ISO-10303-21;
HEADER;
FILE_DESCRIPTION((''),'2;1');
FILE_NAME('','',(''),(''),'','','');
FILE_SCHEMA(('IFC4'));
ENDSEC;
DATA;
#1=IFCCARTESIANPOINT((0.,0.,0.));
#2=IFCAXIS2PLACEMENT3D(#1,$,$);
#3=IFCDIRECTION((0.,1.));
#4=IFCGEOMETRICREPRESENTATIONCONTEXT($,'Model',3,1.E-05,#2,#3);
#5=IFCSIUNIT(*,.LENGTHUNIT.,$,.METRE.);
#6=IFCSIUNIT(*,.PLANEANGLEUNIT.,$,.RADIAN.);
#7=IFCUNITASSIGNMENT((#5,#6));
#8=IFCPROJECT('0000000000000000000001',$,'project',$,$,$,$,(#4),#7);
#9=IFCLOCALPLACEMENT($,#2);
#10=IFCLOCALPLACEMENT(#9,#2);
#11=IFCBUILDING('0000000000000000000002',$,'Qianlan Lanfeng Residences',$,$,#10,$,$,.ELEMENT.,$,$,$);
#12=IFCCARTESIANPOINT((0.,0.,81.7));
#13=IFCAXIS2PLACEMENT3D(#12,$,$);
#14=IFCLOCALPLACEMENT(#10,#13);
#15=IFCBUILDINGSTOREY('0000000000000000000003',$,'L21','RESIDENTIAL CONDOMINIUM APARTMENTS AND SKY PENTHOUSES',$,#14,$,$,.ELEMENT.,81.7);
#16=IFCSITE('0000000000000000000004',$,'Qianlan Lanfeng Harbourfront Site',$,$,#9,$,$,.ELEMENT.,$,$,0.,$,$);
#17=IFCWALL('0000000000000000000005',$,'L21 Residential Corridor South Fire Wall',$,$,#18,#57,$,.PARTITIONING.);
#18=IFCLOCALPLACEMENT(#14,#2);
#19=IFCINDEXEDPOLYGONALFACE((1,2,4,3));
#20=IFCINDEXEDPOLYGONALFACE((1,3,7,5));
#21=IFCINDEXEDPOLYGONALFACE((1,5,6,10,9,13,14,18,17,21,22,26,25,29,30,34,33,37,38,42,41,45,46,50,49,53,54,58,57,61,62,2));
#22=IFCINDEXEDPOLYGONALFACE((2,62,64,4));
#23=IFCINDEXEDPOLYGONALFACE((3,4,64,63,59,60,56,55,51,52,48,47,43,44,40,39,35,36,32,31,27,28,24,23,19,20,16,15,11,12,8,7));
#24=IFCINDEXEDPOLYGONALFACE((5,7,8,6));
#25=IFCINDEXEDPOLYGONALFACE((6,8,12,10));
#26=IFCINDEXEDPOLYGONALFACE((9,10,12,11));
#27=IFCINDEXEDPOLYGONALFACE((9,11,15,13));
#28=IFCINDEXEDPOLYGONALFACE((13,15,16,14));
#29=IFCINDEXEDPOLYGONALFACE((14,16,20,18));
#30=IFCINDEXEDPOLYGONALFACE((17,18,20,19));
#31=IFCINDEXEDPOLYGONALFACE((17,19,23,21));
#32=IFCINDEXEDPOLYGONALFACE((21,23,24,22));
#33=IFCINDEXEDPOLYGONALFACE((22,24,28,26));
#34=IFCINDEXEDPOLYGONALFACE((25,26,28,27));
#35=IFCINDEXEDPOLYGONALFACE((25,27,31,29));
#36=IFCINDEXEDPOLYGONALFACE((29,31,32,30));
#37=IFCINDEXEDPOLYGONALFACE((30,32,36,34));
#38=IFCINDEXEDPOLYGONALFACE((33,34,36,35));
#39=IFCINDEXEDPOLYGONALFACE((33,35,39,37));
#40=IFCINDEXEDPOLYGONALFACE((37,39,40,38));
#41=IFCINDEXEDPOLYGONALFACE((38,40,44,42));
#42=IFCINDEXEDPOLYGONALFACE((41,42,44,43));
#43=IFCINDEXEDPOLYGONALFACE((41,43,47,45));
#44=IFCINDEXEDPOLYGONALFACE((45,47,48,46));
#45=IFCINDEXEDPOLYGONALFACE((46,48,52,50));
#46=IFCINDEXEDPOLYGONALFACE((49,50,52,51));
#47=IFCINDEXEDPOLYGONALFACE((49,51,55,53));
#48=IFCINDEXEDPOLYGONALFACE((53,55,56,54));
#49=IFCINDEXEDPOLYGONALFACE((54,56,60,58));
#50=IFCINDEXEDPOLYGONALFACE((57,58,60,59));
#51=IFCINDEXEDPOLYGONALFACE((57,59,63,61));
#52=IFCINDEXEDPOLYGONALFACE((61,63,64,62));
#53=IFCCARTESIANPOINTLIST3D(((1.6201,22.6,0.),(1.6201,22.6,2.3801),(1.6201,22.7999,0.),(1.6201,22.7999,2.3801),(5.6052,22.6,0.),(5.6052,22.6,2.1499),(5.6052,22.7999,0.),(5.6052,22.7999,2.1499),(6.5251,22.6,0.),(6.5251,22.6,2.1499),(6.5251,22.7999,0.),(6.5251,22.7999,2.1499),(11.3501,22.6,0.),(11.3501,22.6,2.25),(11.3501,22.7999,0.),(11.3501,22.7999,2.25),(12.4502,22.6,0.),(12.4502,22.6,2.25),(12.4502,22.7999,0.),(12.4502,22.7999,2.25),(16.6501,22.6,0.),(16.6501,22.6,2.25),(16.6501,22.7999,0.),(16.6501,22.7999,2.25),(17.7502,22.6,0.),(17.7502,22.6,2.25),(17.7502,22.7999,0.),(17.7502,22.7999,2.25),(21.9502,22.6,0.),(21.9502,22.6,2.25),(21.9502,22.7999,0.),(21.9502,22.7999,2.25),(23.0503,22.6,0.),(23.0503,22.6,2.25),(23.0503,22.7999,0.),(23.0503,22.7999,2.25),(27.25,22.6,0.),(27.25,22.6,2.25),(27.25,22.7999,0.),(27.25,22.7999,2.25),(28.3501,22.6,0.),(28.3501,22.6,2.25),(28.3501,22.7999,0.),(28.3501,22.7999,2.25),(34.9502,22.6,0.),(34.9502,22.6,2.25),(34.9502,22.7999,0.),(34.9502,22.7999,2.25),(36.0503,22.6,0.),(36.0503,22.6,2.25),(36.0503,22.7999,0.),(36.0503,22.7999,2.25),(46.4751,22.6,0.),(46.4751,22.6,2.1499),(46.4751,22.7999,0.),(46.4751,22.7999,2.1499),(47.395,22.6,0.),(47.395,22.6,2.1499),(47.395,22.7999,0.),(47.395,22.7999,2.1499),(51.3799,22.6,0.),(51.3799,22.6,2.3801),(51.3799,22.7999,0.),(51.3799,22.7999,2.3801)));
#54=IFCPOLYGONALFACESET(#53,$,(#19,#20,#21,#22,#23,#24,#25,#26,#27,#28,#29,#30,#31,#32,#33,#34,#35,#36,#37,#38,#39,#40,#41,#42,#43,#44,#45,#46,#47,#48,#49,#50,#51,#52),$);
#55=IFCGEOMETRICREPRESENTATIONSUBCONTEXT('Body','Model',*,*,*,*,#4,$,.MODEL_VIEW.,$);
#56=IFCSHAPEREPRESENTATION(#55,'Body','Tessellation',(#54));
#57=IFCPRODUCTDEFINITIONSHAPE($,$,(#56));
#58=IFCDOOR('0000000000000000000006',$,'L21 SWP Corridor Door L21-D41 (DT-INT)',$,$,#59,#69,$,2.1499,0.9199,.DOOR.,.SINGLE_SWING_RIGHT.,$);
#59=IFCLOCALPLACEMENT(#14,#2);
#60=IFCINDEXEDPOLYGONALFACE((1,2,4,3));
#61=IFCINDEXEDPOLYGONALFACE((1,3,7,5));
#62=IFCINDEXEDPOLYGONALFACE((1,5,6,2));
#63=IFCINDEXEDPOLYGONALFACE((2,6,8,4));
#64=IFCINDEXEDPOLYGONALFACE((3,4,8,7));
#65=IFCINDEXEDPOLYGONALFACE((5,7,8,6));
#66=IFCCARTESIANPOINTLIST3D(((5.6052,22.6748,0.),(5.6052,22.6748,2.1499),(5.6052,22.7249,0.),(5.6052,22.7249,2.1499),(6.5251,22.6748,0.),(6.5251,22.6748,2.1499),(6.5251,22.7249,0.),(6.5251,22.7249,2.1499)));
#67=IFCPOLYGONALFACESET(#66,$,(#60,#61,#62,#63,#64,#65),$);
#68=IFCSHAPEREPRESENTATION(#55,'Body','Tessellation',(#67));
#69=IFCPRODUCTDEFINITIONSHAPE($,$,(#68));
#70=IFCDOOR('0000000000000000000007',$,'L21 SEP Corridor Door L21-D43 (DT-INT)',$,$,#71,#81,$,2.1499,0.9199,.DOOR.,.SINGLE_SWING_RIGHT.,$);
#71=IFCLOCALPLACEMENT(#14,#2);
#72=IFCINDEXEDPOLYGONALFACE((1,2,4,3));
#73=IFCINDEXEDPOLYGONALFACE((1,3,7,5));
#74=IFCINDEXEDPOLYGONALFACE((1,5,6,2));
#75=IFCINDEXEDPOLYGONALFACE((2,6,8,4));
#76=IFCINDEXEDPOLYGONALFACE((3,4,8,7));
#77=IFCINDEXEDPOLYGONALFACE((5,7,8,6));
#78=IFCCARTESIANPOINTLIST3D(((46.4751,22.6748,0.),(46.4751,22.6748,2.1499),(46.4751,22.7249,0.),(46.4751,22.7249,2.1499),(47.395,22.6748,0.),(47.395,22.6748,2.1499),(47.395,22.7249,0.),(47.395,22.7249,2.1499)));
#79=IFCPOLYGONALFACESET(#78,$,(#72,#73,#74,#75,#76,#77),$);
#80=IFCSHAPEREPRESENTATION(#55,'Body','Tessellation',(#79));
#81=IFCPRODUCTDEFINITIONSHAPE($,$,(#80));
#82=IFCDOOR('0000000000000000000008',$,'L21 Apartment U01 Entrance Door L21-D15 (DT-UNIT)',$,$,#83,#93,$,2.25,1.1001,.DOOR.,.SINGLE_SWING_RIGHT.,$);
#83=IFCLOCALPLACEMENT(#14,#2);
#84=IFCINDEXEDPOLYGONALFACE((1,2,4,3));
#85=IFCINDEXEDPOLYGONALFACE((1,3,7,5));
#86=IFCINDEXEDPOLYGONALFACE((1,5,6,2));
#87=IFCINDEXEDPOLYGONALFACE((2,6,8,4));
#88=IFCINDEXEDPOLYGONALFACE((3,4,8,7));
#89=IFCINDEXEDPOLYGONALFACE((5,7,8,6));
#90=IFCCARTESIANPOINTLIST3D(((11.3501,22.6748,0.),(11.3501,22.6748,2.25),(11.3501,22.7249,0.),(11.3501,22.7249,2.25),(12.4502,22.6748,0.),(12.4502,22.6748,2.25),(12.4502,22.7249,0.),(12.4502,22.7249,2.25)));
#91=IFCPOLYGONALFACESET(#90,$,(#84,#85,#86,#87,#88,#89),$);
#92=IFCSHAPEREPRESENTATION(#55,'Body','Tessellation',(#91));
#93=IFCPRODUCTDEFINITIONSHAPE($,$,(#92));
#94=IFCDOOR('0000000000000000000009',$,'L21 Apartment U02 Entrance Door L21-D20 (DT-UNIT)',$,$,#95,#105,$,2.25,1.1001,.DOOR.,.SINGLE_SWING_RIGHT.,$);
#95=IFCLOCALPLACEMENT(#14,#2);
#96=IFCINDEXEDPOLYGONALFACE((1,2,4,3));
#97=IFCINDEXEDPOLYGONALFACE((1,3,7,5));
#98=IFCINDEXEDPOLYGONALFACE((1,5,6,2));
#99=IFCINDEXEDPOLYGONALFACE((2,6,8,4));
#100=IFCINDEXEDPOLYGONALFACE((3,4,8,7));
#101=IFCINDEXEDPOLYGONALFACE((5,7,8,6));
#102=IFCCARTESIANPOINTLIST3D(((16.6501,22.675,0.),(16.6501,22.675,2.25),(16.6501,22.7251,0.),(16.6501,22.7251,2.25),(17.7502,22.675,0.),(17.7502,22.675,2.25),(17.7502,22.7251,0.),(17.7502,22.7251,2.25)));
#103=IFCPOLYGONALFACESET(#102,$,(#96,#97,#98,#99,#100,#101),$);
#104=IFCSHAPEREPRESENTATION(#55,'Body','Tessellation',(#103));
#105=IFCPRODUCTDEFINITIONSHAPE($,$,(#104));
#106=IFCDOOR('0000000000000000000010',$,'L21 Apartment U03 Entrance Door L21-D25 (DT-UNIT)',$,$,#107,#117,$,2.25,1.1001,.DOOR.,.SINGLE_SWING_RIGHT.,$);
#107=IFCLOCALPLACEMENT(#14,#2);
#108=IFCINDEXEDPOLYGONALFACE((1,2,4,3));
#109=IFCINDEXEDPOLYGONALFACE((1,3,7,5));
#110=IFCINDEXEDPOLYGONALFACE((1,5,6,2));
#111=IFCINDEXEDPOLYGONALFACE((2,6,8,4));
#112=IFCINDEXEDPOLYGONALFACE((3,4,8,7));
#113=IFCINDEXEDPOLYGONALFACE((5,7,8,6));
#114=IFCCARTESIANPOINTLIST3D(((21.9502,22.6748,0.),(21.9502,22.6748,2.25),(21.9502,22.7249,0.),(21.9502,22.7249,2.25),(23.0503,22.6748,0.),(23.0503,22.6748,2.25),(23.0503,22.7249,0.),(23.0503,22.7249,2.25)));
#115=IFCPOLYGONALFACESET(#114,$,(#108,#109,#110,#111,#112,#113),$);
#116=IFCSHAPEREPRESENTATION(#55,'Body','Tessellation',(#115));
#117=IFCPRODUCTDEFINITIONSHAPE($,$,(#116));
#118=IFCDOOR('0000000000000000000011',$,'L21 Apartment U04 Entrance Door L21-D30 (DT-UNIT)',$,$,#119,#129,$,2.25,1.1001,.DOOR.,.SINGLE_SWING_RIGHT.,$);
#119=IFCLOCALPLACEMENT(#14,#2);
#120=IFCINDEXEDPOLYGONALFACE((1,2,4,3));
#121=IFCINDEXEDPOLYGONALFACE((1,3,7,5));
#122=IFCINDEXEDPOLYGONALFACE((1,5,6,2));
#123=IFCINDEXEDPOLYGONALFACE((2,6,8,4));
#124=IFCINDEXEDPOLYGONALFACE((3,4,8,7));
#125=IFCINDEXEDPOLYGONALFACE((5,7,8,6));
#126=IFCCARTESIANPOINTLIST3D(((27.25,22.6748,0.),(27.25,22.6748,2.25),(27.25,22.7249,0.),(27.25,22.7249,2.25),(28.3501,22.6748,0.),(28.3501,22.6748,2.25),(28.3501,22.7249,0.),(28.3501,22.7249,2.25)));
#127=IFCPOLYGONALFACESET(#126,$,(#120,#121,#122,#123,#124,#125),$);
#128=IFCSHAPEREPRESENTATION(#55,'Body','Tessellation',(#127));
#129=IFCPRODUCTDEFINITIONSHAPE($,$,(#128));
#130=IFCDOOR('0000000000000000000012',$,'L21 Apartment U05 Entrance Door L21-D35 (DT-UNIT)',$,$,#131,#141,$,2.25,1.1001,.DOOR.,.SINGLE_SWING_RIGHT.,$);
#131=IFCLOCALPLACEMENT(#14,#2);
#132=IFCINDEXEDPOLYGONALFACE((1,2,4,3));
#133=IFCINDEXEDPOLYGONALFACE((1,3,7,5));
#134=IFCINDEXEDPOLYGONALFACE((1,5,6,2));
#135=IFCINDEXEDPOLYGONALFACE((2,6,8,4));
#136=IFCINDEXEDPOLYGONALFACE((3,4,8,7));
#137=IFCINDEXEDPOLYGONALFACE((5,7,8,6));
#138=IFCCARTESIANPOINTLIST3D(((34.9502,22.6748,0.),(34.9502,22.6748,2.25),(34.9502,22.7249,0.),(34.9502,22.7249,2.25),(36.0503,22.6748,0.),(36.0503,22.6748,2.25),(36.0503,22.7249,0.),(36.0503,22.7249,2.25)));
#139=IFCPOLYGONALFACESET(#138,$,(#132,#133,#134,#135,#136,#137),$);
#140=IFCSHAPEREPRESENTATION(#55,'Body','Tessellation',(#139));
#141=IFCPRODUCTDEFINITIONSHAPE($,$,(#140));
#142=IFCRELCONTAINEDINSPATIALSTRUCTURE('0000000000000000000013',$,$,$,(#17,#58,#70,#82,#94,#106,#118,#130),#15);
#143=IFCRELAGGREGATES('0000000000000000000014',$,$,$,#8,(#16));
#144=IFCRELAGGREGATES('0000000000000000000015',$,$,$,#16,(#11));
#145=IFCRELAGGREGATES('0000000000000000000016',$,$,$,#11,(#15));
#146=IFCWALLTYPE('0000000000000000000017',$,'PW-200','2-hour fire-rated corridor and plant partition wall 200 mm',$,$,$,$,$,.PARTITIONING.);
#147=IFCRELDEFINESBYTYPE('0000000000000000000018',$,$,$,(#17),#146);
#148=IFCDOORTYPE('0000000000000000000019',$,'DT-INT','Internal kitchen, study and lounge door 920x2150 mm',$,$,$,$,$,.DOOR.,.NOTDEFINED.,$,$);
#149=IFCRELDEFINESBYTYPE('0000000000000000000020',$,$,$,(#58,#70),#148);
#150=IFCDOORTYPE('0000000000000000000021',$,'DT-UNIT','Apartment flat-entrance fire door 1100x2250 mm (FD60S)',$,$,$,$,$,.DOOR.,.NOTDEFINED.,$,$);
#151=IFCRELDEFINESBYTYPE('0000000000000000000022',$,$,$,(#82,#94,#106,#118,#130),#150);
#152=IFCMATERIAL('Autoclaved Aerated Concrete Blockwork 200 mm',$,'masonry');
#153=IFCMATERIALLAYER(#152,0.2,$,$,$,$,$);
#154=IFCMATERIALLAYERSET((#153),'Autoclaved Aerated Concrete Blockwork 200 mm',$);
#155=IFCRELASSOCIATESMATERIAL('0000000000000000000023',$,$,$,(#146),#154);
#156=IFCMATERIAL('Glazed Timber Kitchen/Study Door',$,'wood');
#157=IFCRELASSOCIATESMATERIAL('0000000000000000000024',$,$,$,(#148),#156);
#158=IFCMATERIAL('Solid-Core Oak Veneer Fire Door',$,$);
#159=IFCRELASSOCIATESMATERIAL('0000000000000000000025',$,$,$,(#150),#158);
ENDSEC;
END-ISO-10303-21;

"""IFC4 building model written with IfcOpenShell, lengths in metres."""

from ifc_helpers import new_model, si_unit, direction, frame, frame_2d, origin, place, context, subcontext, project, spatial, rectangle, extrude, material, layer, layer_set, type_object, element, fill, save


model = new_model("IFC4")

# Units and contexts
model_context = context("Model", 3, precision=1e-05, world=origin(), true_north=direction((0.0, 1.0)))
body_context = subcontext(model_context, "Body", "Model", "MODEL_VIEW")
ifc_project = project(units=[si_unit("LENGTHUNIT", "METRE"), si_unit("PLANEANGLEUNIT", "RADIAN")], contexts=[model_context])

# Site, building, storey
site_placement = place(None, origin())
site = spatial("IfcSite", under=ifc_project, at=site_placement, Name="Qianlan Lanfeng Harbourfront Site", CompositionType="ELEMENT", RefElevation=0.0)
building_placement = place(site_placement, origin())
building = spatial("IfcBuilding", under=site, at=building_placement, Name="Qianlan Lanfeng Residences", CompositionType="ELEMENT")
storey_placement = place(building_placement, frame((0.0, 0.0, 81.7)))
storey = spatial("IfcBuildingStorey", under=building, at=storey_placement, Name="L21", Description="RESIDENTIAL CONDOMINIUM APARTMENTS AND SKY PENTHOUSES", CompositionType="ELEMENT", Elevation=81.7)

# Wall, openings, doors
ifc_material_1 = material(Name="Autoclaved Aerated Concrete Blockwork 200 mm", Category="masonry")
ifc_layer = layer(ifc_material_1, 0.2)
ifc_layer_set = layer_set([ifc_layer], Name="Autoclaved Aerated Concrete Blockwork 200 mm")
wall_type = type_object("IfcWallType", Name="PW-200", Description="2-hour fire-rated corridor and plant partition wall 200 mm", PredefinedType="PARTITIONING", material=ifc_layer_set)
wall_1_placement = place(storey_placement, frame((1.6201, 22.7, 0.0), z_axis=(0.0, 0.0, 1.0), x_axis=(1.0, 0.0, 0.0)))
wall_1 = element("IfcWall", 1, at=wall_1_placement, inside=storey, type_object=wall_type, Name="L21 Residential Corridor South Fire Wall", PredefinedType="PARTITIONING", context=body_context, shape_type="SweptSolid", body=[
    extrude(rectangle(XDim=49.7598, YDim=0.2, at=frame_2d((24.8799, 0.0))), origin(), (0.0, 0.0, 1.0), 2.3801),
])
opening_1_placement = place(wall_1_placement, frame((9.73, 0.0, 0.0)))
opening_1 = element("IfcOpeningElement", 2, at=opening_1_placement, cuts=wall_1, PredefinedType="OPENING", context=body_context, shape_type="SweptSolid", body=[
    extrude(rectangle(XDim=1.1001, YDim=2.25, at=frame_2d((0.55, 1.125))), frame((0.0, 0.1099, 0.0), z_axis=(0.0, -1.0, 0.0), x_axis=(1.0, 0.0, 0.0)), (0.0, 0.0, 1.0), 0.22),
])
opening_2_placement = place(wall_1_placement, frame((15.03, 0.0, 0.0)))
opening_2 = element("IfcOpeningElement", 3, at=opening_2_placement, cuts=wall_1, PredefinedType="OPENING", context=body_context, shape_type="SweptSolid", body=[
    extrude(rectangle(XDim=1.1001, YDim=2.25, at=frame_2d((0.55, 1.125))), frame((0.0, 0.1099, 0.0), z_axis=(0.0, -1.0, 0.0), x_axis=(1.0, 0.0, 0.0)), (0.0, 0.0, 1.0), 0.22),
])
opening_3_placement = place(wall_1_placement, frame((20.3301, 0.0, 0.0)))
opening_3 = element("IfcOpeningElement", 4, at=opening_3_placement, cuts=wall_1, PredefinedType="OPENING", context=body_context, shape_type="SweptSolid", body=[
    extrude(rectangle(XDim=1.1001, YDim=2.25, at=frame_2d((0.55, 1.125))), frame((0.0, 0.1099, 0.0), z_axis=(0.0, -1.0, 0.0), x_axis=(1.0, 0.0, 0.0)), (0.0, 0.0, 1.0), 0.22),
])
opening_4_placement = place(wall_1_placement, frame((25.6299, 0.0, 0.0)))
opening_4 = element("IfcOpeningElement", 5, at=opening_4_placement, cuts=wall_1, PredefinedType="OPENING", context=body_context, shape_type="SweptSolid", body=[
    extrude(rectangle(XDim=1.1001, YDim=2.25, at=frame_2d((0.55, 1.125))), frame((0.0, 0.1099, 0.0), z_axis=(0.0, -1.0, 0.0), x_axis=(1.0, 0.0, 0.0)), (0.0, 0.0, 1.0), 0.22),
])
opening_5_placement = place(wall_1_placement, frame((33.3301, 0.0, 0.0)))
opening_5 = element("IfcOpeningElement", 6, at=opening_5_placement, cuts=wall_1, PredefinedType="OPENING", context=body_context, shape_type="SweptSolid", body=[
    extrude(rectangle(XDim=1.1001, YDim=2.25, at=frame_2d((0.55, 1.125))), frame((0.0, 0.1099, 0.0), z_axis=(0.0, -1.0, 0.0), x_axis=(1.0, 0.0, 0.0)), (0.0, 0.0, 1.0), 0.22),
])
opening_6_placement = place(wall_1_placement, frame((3.9851, 0.0, 0.0)))
opening_6 = element("IfcOpeningElement", 7, at=opening_6_placement, cuts=wall_1, PredefinedType="OPENING", context=body_context, shape_type="SweptSolid", body=[
    extrude(rectangle(XDim=0.9199, YDim=2.1499, at=frame_2d((0.46, 1.075))), frame((0.0, 0.1099, 0.0), z_axis=(0.0, -1.0, 0.0), x_axis=(1.0, 0.0, 0.0)), (0.0, 0.0, 1.0), 0.22),
])
opening_7_placement = place(wall_1_placement, frame((44.855, 0.0, 0.0)))
opening_7 = element("IfcOpeningElement", 8, at=opening_7_placement, cuts=wall_1, PredefinedType="OPENING", context=body_context, shape_type="SweptSolid", body=[
    extrude(rectangle(XDim=0.9199, YDim=2.1499, at=frame_2d((0.46, 1.075))), frame((0.0, 0.1099, 0.0), z_axis=(0.0, -1.0, 0.0), x_axis=(1.0, 0.0, 0.0)), (0.0, 0.0, 1.0), 0.22),
])
ifc_material_2 = material(Name="Glazed Timber Kitchen/Study Door", Category="wood")
door_type_1 = type_object("IfcDoorType", Name="DT-INT", Description="Internal kitchen, study and lounge door 920x2150 mm", OperationType="NOTDEFINED", PredefinedType="DOOR", material=ifc_material_2)
door_1_placement = place(opening_6_placement, origin())
door_1 = element("IfcDoor", 9, at=door_1_placement, inside=storey, type_object=door_type_1, Name="L21 SWP Corridor Door L21-D41 (DT-INT)", OperationType="SINGLE_SWING_RIGHT", OverallHeight=2.1499, OverallWidth=0.9199, PredefinedType="DOOR", context=body_context, shape_type="SweptSolid", body=[
    extrude(rectangle(XDim=0.9199, YDim=2.1499, at=frame_2d((0.46, 1.075))), frame((0.0, 0.0249, 0.0), z_axis=(0.0, -1.0, 0.0), x_axis=(1.0, 0.0, 0.0)), (0.0, 0.0, 1.0), 0.05),
])
fill(opening_6, door_1)
door_2_placement = place(opening_7_placement, origin())
door_2 = element("IfcDoor", 10, at=door_2_placement, inside=storey, type_object=door_type_1, Name="L21 SEP Corridor Door L21-D43 (DT-INT)", OperationType="SINGLE_SWING_RIGHT", OverallHeight=2.1499, OverallWidth=0.9199, PredefinedType="DOOR", context=body_context, shape_type="SweptSolid", body=[
    extrude(rectangle(XDim=0.9199, YDim=2.1499, at=frame_2d((0.46, 1.075))), frame((0.0, 0.0249, 0.0), z_axis=(0.0, -1.0, 0.0), x_axis=(1.0, 0.0, 0.0)), (0.0, 0.0, 1.0), 0.05),
])
fill(opening_7, door_2)
ifc_material_3 = material(Name="Solid-Core Oak Veneer Fire Door")
door_type_2 = type_object("IfcDoorType", Name="DT-UNIT", Description="Apartment flat-entrance fire door 1100x2250 mm (FD60S)", OperationType="NOTDEFINED", PredefinedType="DOOR", material=ifc_material_3)
door_3_placement = place(opening_1_placement, origin())
door_3 = element("IfcDoor", 11, at=door_3_placement, inside=storey, type_object=door_type_2, Name="L21 Apartment U01 Entrance Door L21-D15 (DT-UNIT)", OperationType="SINGLE_SWING_RIGHT", OverallHeight=2.25, OverallWidth=1.1001, PredefinedType="DOOR", context=body_context, shape_type="SweptSolid", body=[
    extrude(rectangle(XDim=1.1001, YDim=2.25, at=frame_2d((0.55, 1.125))), frame((0.0, 0.0249, 0.0), z_axis=(0.0, -1.0, 0.0), x_axis=(1.0, 0.0, 0.0)), (0.0, 0.0, 1.0), 0.05),
])
fill(opening_1, door_3)
door_4_placement = place(opening_2_placement, frame((1.1001, 0.0, 0.0), z_axis=(0.0, 0.0, 1.0), x_axis=(-1.0, 0.0, 0.0)))
door_4 = element("IfcDoor", 12, at=door_4_placement, inside=storey, type_object=door_type_2, Name="L21 Apartment U02 Entrance Door L21-D20 (DT-UNIT)", OperationType="SINGLE_SWING_RIGHT", OverallHeight=2.25, OverallWidth=1.1001, PredefinedType="DOOR", context=body_context, shape_type="SweptSolid", body=[
    extrude(rectangle(XDim=1.1001, YDim=2.25, at=frame_2d((0.55, 1.125))), frame((0.0, 0.0249, 0.0), z_axis=(0.0, -1.0, 0.0), x_axis=(1.0, 0.0, 0.0)), (0.0, 0.0, 1.0), 0.05),
])
fill(opening_2, door_4)
door_5_placement = place(opening_3_placement, origin())
door_5 = element("IfcDoor", 13, at=door_5_placement, inside=storey, type_object=door_type_2, Name="L21 Apartment U03 Entrance Door L21-D25 (DT-UNIT)", OperationType="SINGLE_SWING_RIGHT", OverallHeight=2.25, OverallWidth=1.1001, PredefinedType="DOOR", context=body_context, shape_type="SweptSolid", body=[
    extrude(rectangle(XDim=1.1001, YDim=2.25, at=frame_2d((0.55, 1.125))), frame((0.0, 0.0249, 0.0), z_axis=(0.0, -1.0, 0.0), x_axis=(1.0, 0.0, 0.0)), (0.0, 0.0, 1.0), 0.05),
])
fill(opening_3, door_5)
door_6_placement = place(opening_4_placement, origin())
door_6 = element("IfcDoor", 14, at=door_6_placement, inside=storey, type_object=door_type_2, Name="L21 Apartment U04 Entrance Door L21-D30 (DT-UNIT)", OperationType="SINGLE_SWING_RIGHT", OverallHeight=2.25, OverallWidth=1.1001, PredefinedType="DOOR", context=body_context, shape_type="SweptSolid", body=[
    extrude(rectangle(XDim=1.1001, YDim=2.25, at=frame_2d((0.55, 1.125))), frame((0.0, 0.0249, 0.0), z_axis=(0.0, -1.0, 0.0), x_axis=(1.0, 0.0, 0.0)), (0.0, 0.0, 1.0), 0.05),
])
fill(opening_4, door_6)
door_7_placement = place(opening_5_placement, origin())
door_7 = element("IfcDoor", 15, at=door_7_placement, inside=storey, type_object=door_type_2, Name="L21 Apartment U05 Entrance Door L21-D35 (DT-UNIT)", OperationType="SINGLE_SWING_RIGHT", OverallHeight=2.25, OverallWidth=1.1001, PredefinedType="DOOR", context=body_context, shape_type="SweptSolid", body=[
    extrude(rectangle(XDim=1.1001, YDim=2.25, at=frame_2d((0.55, 1.125))), frame((0.0, 0.0249, 0.0), z_axis=(0.0, -1.0, 0.0), x_axis=(1.0, 0.0, 0.0)), (0.0, 0.0, 1.0), 0.05),
])
fill(opening_5, door_7)

save(model, "model.ifc")
